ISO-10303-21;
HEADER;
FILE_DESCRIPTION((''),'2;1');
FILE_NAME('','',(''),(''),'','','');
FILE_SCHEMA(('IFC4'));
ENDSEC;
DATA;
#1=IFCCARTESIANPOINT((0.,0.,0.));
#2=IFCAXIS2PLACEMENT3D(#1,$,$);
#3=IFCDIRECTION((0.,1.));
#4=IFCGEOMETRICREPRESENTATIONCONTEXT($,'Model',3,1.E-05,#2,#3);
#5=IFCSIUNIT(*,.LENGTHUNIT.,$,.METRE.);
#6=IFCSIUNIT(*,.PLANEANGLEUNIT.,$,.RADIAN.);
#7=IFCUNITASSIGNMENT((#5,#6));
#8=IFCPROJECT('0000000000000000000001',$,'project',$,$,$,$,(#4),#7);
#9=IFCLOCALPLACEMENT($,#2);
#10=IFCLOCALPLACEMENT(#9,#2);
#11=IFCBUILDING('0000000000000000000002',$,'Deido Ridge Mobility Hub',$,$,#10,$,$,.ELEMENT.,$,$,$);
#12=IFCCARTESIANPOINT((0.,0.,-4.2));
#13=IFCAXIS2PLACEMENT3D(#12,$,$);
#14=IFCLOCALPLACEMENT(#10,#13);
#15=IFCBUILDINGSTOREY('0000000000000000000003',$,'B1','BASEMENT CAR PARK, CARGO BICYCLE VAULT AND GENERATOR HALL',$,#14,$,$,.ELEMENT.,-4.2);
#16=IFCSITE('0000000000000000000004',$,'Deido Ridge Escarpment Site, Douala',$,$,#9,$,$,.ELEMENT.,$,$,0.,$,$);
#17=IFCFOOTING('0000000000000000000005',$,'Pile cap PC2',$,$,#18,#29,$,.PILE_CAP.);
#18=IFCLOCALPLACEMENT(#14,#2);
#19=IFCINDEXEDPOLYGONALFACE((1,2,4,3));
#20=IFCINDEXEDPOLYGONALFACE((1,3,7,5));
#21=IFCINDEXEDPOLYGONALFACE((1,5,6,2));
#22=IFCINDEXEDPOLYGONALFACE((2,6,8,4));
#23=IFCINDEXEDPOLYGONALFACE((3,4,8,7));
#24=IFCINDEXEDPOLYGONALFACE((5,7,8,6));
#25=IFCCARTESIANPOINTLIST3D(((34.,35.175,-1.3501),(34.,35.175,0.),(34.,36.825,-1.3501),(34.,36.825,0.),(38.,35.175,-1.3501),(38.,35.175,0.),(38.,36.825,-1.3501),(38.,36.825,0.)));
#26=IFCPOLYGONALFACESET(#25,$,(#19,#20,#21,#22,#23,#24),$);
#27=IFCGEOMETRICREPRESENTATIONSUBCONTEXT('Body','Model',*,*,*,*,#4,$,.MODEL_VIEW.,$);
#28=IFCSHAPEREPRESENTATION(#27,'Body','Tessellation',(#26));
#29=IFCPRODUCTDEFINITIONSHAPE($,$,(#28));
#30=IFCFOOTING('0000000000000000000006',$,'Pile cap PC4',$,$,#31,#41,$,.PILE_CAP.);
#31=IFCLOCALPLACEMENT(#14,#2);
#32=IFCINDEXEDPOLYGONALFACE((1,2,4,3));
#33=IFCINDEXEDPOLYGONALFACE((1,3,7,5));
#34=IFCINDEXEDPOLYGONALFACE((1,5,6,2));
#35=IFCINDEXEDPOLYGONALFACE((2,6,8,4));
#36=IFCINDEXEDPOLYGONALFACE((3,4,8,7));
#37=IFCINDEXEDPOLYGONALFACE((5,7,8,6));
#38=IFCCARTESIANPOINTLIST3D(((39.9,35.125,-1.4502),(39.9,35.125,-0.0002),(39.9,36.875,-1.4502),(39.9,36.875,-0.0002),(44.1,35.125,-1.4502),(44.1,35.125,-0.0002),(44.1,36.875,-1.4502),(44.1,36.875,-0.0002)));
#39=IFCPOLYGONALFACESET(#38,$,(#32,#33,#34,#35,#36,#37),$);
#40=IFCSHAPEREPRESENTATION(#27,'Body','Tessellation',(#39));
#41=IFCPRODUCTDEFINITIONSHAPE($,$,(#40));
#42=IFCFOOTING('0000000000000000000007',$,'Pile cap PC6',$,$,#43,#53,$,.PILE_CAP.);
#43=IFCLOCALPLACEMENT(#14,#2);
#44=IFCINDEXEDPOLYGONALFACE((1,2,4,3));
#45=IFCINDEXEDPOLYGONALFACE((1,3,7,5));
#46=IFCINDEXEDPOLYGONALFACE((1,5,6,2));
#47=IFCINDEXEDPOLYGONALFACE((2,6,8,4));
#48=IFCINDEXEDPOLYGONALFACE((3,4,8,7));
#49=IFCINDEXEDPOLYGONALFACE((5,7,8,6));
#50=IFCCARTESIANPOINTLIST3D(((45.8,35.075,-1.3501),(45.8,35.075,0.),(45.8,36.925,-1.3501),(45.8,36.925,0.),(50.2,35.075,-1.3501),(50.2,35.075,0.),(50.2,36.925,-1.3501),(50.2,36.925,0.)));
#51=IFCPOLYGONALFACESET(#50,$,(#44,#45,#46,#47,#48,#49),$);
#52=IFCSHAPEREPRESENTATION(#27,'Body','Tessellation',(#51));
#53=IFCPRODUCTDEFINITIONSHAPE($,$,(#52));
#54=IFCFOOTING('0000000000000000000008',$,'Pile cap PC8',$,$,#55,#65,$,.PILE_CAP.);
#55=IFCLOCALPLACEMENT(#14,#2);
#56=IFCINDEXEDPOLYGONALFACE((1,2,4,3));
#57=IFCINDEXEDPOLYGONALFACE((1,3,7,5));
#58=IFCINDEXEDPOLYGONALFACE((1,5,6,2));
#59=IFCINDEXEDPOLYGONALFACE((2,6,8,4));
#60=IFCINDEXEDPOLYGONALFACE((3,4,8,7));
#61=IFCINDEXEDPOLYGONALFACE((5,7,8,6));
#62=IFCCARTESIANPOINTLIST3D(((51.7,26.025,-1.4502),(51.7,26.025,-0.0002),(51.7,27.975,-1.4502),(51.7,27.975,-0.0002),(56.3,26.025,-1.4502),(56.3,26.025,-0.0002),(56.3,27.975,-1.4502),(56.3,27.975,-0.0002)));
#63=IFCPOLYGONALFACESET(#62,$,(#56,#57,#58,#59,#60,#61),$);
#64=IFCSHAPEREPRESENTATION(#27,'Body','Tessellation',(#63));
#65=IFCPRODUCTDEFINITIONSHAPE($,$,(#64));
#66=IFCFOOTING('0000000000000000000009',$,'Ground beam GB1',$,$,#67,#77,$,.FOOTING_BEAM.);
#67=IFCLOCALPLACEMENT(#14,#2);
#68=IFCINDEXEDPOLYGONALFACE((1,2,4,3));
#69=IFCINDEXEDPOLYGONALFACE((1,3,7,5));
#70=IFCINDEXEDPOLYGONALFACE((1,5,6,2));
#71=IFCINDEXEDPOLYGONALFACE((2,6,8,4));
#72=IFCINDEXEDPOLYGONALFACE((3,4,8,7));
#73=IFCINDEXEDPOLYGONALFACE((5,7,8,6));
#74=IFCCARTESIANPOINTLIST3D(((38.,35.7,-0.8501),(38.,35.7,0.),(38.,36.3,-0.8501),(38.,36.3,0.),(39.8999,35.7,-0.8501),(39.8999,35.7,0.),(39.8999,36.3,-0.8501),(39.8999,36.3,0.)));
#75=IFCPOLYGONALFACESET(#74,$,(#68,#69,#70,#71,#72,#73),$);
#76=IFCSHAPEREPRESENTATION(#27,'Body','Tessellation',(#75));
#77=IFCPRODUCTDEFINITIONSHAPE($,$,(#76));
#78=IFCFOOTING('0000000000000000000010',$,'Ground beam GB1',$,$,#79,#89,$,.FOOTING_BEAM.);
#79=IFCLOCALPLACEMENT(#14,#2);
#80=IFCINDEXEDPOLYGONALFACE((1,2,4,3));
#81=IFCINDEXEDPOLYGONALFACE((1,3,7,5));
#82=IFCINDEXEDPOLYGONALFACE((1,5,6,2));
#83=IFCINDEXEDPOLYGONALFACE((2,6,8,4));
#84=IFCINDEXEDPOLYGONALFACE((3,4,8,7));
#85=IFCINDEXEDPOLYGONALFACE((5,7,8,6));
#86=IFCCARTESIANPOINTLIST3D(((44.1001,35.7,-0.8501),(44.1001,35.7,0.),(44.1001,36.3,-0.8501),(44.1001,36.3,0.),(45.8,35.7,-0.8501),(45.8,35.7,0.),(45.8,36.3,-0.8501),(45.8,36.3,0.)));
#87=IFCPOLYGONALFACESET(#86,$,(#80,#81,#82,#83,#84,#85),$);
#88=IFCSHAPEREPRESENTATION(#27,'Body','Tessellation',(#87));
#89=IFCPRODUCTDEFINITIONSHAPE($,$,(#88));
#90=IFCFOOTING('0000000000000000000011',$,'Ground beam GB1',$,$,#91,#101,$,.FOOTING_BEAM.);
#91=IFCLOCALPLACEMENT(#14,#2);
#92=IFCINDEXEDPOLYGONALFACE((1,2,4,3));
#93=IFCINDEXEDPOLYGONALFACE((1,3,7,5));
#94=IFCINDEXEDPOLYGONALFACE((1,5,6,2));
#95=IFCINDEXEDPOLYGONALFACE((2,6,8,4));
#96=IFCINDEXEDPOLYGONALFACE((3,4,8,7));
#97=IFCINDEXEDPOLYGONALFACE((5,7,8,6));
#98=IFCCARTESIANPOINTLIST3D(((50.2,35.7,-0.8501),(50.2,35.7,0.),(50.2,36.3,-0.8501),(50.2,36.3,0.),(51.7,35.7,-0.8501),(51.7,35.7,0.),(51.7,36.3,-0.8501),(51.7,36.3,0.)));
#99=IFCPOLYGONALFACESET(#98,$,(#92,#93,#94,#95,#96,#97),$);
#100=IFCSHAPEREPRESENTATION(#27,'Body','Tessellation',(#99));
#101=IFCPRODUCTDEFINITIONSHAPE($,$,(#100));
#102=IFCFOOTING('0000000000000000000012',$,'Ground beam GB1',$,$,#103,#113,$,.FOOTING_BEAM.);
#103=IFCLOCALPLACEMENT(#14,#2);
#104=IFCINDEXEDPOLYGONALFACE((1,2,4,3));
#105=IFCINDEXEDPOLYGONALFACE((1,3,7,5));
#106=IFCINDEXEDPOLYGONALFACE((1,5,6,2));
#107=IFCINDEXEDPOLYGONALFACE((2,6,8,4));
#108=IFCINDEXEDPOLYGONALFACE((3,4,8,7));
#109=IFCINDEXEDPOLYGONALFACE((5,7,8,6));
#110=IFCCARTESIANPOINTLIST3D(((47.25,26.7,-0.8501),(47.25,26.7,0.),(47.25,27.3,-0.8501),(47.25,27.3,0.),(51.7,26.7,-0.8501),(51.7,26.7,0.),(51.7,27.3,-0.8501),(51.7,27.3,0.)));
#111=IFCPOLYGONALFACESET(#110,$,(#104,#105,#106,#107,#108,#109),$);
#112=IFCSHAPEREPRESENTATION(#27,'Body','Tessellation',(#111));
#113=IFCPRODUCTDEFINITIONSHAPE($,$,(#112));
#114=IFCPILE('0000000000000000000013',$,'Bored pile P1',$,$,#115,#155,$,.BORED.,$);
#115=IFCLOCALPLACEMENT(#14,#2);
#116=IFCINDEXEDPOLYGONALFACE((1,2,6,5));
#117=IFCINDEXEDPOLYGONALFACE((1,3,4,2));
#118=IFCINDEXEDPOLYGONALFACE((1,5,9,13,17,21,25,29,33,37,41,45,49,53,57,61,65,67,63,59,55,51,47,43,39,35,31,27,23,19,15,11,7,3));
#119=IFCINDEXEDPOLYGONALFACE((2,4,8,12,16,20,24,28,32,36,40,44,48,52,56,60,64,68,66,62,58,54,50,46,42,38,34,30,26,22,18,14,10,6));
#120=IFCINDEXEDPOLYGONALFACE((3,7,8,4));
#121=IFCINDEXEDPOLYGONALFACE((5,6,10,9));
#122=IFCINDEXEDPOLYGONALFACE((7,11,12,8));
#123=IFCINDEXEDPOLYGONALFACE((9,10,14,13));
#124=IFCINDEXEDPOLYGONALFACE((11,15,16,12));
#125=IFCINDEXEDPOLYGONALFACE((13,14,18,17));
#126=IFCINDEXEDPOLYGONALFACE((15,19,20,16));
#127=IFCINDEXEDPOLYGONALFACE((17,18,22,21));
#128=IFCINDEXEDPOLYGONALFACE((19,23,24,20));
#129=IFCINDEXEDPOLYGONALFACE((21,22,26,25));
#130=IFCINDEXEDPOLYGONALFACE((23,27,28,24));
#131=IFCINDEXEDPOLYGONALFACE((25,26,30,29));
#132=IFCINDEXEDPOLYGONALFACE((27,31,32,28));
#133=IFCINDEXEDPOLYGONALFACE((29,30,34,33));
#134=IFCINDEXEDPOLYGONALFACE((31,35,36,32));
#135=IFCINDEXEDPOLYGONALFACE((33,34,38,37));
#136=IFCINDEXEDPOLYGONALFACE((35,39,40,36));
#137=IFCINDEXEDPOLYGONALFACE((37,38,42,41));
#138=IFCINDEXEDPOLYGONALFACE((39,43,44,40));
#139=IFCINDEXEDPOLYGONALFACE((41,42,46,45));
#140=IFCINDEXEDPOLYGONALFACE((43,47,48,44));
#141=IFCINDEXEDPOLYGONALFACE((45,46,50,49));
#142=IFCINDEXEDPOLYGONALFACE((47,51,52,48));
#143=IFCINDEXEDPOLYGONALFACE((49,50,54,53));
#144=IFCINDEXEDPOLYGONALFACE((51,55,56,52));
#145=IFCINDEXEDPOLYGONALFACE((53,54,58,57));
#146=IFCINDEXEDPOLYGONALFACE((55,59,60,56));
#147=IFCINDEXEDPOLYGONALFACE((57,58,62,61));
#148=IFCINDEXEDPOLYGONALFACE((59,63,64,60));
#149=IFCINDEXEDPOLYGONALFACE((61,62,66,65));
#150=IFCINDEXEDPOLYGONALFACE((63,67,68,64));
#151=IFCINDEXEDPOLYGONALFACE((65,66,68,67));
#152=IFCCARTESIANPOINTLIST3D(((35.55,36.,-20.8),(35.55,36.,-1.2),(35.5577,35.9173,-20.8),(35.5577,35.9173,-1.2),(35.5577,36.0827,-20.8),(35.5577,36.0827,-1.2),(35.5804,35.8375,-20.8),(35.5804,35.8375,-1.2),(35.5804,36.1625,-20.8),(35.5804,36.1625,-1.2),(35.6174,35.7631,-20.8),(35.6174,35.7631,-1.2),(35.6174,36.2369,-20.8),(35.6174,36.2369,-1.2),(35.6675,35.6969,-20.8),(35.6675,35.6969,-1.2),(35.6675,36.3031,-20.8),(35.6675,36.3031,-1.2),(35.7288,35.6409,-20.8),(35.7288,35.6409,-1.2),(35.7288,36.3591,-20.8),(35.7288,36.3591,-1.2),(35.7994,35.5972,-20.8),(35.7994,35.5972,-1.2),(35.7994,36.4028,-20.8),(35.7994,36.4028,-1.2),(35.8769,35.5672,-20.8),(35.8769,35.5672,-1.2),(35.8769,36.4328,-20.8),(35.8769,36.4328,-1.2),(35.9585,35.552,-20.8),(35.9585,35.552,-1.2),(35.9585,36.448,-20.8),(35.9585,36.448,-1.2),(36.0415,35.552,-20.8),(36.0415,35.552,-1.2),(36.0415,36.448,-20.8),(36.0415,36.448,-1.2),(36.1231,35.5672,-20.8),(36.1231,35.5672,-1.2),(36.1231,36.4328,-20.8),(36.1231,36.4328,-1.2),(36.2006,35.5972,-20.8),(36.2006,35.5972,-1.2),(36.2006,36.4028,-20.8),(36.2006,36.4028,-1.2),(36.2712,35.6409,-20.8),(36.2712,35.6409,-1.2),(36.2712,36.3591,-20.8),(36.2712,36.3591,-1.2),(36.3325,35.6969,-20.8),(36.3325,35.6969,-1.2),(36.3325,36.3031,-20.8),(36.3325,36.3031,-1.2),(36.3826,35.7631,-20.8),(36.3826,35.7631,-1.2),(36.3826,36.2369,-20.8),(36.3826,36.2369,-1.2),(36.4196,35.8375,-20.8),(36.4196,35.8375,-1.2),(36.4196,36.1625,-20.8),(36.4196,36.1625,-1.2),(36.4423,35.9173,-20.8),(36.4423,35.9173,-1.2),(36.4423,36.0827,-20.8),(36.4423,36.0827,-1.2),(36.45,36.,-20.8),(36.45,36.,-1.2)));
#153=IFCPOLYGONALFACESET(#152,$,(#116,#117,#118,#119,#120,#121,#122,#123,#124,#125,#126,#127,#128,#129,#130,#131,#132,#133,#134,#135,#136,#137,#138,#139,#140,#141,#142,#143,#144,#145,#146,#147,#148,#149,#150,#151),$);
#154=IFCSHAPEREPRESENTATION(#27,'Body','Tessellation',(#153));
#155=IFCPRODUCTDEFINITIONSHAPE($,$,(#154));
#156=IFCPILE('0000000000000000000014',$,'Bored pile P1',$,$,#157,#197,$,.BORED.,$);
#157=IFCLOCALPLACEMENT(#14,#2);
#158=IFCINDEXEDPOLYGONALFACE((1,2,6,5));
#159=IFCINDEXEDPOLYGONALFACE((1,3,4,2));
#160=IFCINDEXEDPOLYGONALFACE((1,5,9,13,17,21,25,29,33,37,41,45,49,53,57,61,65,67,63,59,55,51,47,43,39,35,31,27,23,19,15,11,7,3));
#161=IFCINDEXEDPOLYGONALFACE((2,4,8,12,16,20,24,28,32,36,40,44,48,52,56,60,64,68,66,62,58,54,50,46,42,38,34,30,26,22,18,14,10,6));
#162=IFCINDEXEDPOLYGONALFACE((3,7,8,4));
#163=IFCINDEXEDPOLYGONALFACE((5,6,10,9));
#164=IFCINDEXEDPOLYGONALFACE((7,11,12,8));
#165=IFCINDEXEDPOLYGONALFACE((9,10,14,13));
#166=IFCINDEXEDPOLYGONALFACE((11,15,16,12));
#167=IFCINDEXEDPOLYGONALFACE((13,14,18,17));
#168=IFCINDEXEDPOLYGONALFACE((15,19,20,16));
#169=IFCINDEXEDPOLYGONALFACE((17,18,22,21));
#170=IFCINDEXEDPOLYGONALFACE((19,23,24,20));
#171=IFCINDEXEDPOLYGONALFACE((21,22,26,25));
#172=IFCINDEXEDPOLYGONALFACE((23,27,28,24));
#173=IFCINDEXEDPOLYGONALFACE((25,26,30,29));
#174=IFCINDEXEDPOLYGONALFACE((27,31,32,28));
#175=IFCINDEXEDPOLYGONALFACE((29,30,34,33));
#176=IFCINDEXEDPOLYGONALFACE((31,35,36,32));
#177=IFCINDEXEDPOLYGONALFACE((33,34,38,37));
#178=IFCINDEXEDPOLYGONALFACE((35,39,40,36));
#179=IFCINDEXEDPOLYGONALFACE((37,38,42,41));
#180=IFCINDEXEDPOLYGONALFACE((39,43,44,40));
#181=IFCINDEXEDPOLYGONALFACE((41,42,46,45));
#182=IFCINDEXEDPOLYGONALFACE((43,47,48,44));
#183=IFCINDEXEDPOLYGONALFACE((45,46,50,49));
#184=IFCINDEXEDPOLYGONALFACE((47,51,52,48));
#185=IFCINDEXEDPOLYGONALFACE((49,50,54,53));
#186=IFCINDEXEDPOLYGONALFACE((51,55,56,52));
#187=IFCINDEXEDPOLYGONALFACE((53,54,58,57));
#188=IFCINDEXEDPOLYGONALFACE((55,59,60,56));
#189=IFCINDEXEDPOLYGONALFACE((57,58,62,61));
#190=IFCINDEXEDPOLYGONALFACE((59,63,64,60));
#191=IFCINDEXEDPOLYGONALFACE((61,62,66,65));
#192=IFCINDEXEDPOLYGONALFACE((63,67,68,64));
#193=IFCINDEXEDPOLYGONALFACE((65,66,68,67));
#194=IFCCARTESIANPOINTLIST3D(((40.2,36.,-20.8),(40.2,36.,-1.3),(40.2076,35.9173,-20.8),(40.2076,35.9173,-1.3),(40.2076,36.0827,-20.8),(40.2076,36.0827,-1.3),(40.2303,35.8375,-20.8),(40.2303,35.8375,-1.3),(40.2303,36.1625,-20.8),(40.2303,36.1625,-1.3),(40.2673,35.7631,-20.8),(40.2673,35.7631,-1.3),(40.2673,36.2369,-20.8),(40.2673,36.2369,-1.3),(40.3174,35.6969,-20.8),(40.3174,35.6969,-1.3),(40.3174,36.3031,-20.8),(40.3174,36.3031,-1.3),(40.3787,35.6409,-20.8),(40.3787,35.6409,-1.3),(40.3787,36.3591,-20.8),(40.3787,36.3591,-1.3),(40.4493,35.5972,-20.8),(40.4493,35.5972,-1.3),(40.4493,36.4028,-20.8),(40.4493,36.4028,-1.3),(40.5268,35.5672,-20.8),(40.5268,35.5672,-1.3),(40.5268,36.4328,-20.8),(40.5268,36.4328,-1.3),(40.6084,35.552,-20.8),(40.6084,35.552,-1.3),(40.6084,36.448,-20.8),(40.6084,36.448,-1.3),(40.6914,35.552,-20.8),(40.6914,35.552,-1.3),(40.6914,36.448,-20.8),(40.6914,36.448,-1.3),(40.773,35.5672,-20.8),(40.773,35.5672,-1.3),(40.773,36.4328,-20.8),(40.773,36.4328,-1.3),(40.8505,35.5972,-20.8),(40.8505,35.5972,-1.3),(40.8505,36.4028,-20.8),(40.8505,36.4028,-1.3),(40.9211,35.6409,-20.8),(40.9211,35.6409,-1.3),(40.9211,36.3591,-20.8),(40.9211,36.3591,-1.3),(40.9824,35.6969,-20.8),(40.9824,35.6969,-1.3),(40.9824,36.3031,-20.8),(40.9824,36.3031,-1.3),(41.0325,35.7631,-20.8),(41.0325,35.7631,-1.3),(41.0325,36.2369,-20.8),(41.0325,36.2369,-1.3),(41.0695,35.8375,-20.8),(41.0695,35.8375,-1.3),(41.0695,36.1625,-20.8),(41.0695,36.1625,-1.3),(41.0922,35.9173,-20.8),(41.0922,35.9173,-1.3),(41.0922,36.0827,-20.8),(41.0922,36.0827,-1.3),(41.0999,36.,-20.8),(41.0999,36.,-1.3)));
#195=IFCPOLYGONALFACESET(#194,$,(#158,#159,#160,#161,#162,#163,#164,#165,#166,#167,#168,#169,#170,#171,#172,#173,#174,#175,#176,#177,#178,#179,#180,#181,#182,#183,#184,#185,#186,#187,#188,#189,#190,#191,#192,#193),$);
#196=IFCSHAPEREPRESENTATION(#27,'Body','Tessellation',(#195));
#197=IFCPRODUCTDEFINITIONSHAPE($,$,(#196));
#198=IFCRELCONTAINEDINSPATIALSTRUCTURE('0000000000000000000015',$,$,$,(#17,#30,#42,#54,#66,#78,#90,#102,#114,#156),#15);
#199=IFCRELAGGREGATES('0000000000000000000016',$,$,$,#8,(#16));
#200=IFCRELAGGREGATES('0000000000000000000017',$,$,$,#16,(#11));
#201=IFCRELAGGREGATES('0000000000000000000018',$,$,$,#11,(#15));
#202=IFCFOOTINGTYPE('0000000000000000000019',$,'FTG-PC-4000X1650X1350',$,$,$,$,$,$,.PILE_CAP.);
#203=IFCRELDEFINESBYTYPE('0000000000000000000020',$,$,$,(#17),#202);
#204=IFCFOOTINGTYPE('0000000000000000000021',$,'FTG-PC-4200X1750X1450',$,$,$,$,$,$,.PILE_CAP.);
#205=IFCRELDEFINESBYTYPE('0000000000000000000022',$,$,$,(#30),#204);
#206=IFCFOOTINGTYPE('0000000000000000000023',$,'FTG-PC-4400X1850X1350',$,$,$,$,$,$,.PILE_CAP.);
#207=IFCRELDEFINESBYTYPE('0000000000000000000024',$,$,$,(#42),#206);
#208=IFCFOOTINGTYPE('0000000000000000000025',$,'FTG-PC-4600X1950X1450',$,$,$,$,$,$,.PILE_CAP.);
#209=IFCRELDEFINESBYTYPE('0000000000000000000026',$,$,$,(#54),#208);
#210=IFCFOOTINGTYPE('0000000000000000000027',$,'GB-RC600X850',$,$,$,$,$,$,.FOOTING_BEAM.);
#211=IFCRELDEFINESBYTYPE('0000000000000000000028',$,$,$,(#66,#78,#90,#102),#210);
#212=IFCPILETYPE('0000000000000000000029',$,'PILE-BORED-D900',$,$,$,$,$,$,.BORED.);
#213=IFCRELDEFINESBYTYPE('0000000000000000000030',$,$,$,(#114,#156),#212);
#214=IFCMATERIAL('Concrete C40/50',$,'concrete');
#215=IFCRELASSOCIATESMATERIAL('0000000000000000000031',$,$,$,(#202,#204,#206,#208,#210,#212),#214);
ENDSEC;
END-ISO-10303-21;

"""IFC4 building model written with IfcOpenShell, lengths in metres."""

from ifc_helpers import new_model, si_unit, direction, frame, origin, origin_2d, place, context, subcontext, project, spatial, rectangle, circle, extrude, material, material_profile, profile_set, type_object, element, save


model = new_model("IFC4")

# Units and contexts
model_context = context("Model", 3, precision=1e-05, world=origin(), true_north=direction((0.0, 1.0)))
body_context = subcontext(model_context, "Body", "Model", "MODEL_VIEW")
ifc_project = project(units=[si_unit("LENGTHUNIT", "METRE"), si_unit("PLANEANGLEUNIT", "RADIAN")], contexts=[model_context])

# Site, building, storey
site_placement = place(None, origin())
site = spatial("IfcSite", under=ifc_project, at=site_placement, Name="Deido Ridge Escarpment Site, Douala", CompositionType="ELEMENT", RefElevation=0.0)
building_placement = place(site_placement, origin())
building = spatial("IfcBuilding", under=site, at=building_placement, Name="Deido Ridge Mobility Hub", CompositionType="ELEMENT")
storey_placement = place(building_placement, frame((0.0, 0.0, -4.2)))
storey = spatial("IfcBuildingStorey", under=building, at=storey_placement, Name="B1", Description="BASEMENT CAR PARK, CARGO BICYCLE VAULT AND GENERATOR HALL", CompositionType="ELEMENT", Elevation=-4.2)

# Footings
ifc_material_1 = material(Name="Concrete C40/50", Category="concrete")
footing_type_1 = type_object("IfcFootingType", Name="FTG-PC-4000X1650X1350", PredefinedType="PILE_CAP", material=ifc_material_1)
footing_1_placement = place(storey_placement, frame((36.0, 36.0, -1.3501), z_axis=(0.0, 0.0, 1.0), x_axis=(1.0, 0.0, 0.0)))
element("IfcFooting", 1, at=footing_1_placement, inside=storey, type_object=footing_type_1, Name="Pile cap PC2", PredefinedType="PILE_CAP", context=body_context, shape_type="SweptSolid", body=[
    extrude(rectangle(XDim=4.0, YDim=1.6499, at=origin_2d()), origin(), (0.0, 0.0, 1.0), 1.3501),
])
footing_type_2 = type_object("IfcFootingType", Name="FTG-PC-4200X1750X1450", PredefinedType="PILE_CAP", material=ifc_material_1)
footing_2_placement = place(storey_placement, frame((42.0, 36.0, -1.4502), z_axis=(0.0, 0.0, 1.0), x_axis=(1.0, 0.0, 0.0)))
element("IfcFooting", 2, at=footing_2_placement, inside=storey, type_object=footing_type_2, Name="Pile cap PC4", PredefinedType="PILE_CAP", context=body_context, shape_type="SweptSolid", body=[
    extrude(rectangle(XDim=4.2, YDim=1.75, at=origin_2d()), origin(), (0.0, 0.0, 1.0), 1.45),
])
footing_type_3 = type_object("IfcFootingType", Name="FTG-PC-4400X1850X1350", PredefinedType="PILE_CAP", material=ifc_material_1)
footing_3_placement = place(storey_placement, frame((48.0, 36.0, -1.3501), z_axis=(0.0, 0.0, 1.0), x_axis=(1.0, 0.0, 0.0)))
element("IfcFooting", 3, at=footing_3_placement, inside=storey, type_object=footing_type_3, Name="Pile cap PC6", PredefinedType="PILE_CAP", context=body_context, shape_type="SweptSolid", body=[
    extrude(rectangle(XDim=4.3999, YDim=1.8501, at=origin_2d()), origin(), (0.0, 0.0, 1.0), 1.3501),
])
footing_type_4 = type_object("IfcFootingType", Name="FTG-PC-4600X1950X1450", PredefinedType="PILE_CAP", material=ifc_material_1)
footing_4_placement = place(storey_placement, frame((54.0, 27.0, -1.4502), z_axis=(0.0, 0.0, 1.0), x_axis=(1.0, 0.0, 0.0)))
element("IfcFooting", 4, at=footing_4_placement, inside=storey, type_object=footing_type_4, Name="Pile cap PC8", PredefinedType="PILE_CAP", context=body_context, shape_type="SweptSolid", body=[
    extrude(rectangle(XDim=4.6001, YDim=1.95, at=origin_2d()), origin(), (0.0, 0.0, 1.0), 1.45),
])
ifc_material_profile_1 = material_profile(ifc_material_1, rectangle(XDim=0.6001, YDim=0.8501, at=origin_2d()), Name="RC GB 600x850")
ifc_profile_set_1 = profile_set([ifc_material_profile_1], Name="Concrete C40/50")
footing_type_5 = type_object("IfcFootingType", Name="GB-RC600X850", PredefinedType="FOOTING_BEAM", material=ifc_profile_set_1)
footing_5_placement = place(storey_placement, frame((38.0, 36.0, -0.425), z_axis=(1.0, 0.0, 0.0), x_axis=(0.0, 1.0, 0.0)))
element("IfcFooting", 5, at=footing_5_placement, inside=storey, type_object=footing_type_5, Name="Ground beam GB1", PredefinedType="FOOTING_BEAM", context=body_context, shape_type="SweptSolid", body=[
    extrude(rectangle(XDim=0.6001, YDim=0.8501, at=origin_2d()), origin(), (0.0, 0.0, 1.0), 1.8999),
])
footing_6_placement = place(storey_placement, frame((44.1001, 36.0, -0.425), z_axis=(1.0, 0.0, 0.0), x_axis=(0.0, 1.0, 0.0)))
element("IfcFooting", 6, at=footing_6_placement, inside=storey, type_object=footing_type_5, Name="Ground beam GB1", PredefinedType="FOOTING_BEAM", context=body_context, shape_type="SweptSolid", body=[
    extrude(rectangle(XDim=0.6001, YDim=0.8501, at=origin_2d()), origin(), (0.0, 0.0, 1.0), 1.7),
])
footing_7_placement = place(storey_placement, frame((50.2, 36.0, -0.425), z_axis=(1.0, 0.0, 0.0), x_axis=(0.0, 1.0, 0.0)))
element("IfcFooting", 7, at=footing_7_placement, inside=storey, type_object=footing_type_5, Name="Ground beam GB1", PredefinedType="FOOTING_BEAM", context=body_context, shape_type="SweptSolid", body=[
    extrude(rectangle(XDim=0.6001, YDim=0.8501, at=origin_2d()), origin(), (0.0, 0.0, 1.0), 1.5),
])
footing_8_placement = place(storey_placement, frame((47.25, 27.0, -0.425), z_axis=(1.0, 0.0, 0.0), x_axis=(0.0, 1.0, 0.0)))
element("IfcFooting", 8, at=footing_8_placement, inside=storey, type_object=footing_type_5, Name="Ground beam GB1", PredefinedType="FOOTING_BEAM", context=body_context, shape_type="SweptSolid", body=[
    extrude(rectangle(XDim=0.6001, YDim=0.8501, at=origin_2d()), origin(), (0.0, 0.0, 1.0), 4.45),
])

# Piles
ifc_material_profile_2 = material_profile(ifc_material_1, circle(Radius=0.45, at=origin_2d()), Name="BORED PILE D900")
ifc_profile_set_2 = profile_set([ifc_material_profile_2], Name="Concrete C40/50")
pile_type = type_object("IfcPileType", Name="PILE-BORED-D900", PredefinedType="BORED", material=ifc_profile_set_2)
pile_placement = place(storey_placement, frame((36.0, 36.0, -1.2), z_axis=(0.0, 0.0, -1.0), x_axis=(1.0, 0.0, 0.0)))
element("IfcPile", 9, at=pile_placement, inside=storey, type_object=pile_type, Name="Bored pile P1", PredefinedType="BORED", context=body_context, shape_type="SweptSolid", body=[
    extrude(circle(Radius=0.45, at=origin_2d()), origin(), (0.0, 0.0, 1.0), 19.6001),
])
for number, where, z_axis, x_axis, name in (
    (10, (40.6499, 36.0, -1.3), (0.0, 0.0, -1.0), (1.0, 0.0, 0.0), "Bored pile P1"),
):
    element("IfcPile", number, at=place(storey_placement, frame(where, z_axis=z_axis, x_axis=x_axis)), inside=storey, type_object=pile_type, Name=name, PredefinedType="BORED", context=body_context, shape_type="SweptSolid", body=[
        extrude(circle(Radius=0.45, at=origin_2d()), origin(), (0.0, 0.0, 1.0), 19.5),
    ])

save(model, "model.ifc")
